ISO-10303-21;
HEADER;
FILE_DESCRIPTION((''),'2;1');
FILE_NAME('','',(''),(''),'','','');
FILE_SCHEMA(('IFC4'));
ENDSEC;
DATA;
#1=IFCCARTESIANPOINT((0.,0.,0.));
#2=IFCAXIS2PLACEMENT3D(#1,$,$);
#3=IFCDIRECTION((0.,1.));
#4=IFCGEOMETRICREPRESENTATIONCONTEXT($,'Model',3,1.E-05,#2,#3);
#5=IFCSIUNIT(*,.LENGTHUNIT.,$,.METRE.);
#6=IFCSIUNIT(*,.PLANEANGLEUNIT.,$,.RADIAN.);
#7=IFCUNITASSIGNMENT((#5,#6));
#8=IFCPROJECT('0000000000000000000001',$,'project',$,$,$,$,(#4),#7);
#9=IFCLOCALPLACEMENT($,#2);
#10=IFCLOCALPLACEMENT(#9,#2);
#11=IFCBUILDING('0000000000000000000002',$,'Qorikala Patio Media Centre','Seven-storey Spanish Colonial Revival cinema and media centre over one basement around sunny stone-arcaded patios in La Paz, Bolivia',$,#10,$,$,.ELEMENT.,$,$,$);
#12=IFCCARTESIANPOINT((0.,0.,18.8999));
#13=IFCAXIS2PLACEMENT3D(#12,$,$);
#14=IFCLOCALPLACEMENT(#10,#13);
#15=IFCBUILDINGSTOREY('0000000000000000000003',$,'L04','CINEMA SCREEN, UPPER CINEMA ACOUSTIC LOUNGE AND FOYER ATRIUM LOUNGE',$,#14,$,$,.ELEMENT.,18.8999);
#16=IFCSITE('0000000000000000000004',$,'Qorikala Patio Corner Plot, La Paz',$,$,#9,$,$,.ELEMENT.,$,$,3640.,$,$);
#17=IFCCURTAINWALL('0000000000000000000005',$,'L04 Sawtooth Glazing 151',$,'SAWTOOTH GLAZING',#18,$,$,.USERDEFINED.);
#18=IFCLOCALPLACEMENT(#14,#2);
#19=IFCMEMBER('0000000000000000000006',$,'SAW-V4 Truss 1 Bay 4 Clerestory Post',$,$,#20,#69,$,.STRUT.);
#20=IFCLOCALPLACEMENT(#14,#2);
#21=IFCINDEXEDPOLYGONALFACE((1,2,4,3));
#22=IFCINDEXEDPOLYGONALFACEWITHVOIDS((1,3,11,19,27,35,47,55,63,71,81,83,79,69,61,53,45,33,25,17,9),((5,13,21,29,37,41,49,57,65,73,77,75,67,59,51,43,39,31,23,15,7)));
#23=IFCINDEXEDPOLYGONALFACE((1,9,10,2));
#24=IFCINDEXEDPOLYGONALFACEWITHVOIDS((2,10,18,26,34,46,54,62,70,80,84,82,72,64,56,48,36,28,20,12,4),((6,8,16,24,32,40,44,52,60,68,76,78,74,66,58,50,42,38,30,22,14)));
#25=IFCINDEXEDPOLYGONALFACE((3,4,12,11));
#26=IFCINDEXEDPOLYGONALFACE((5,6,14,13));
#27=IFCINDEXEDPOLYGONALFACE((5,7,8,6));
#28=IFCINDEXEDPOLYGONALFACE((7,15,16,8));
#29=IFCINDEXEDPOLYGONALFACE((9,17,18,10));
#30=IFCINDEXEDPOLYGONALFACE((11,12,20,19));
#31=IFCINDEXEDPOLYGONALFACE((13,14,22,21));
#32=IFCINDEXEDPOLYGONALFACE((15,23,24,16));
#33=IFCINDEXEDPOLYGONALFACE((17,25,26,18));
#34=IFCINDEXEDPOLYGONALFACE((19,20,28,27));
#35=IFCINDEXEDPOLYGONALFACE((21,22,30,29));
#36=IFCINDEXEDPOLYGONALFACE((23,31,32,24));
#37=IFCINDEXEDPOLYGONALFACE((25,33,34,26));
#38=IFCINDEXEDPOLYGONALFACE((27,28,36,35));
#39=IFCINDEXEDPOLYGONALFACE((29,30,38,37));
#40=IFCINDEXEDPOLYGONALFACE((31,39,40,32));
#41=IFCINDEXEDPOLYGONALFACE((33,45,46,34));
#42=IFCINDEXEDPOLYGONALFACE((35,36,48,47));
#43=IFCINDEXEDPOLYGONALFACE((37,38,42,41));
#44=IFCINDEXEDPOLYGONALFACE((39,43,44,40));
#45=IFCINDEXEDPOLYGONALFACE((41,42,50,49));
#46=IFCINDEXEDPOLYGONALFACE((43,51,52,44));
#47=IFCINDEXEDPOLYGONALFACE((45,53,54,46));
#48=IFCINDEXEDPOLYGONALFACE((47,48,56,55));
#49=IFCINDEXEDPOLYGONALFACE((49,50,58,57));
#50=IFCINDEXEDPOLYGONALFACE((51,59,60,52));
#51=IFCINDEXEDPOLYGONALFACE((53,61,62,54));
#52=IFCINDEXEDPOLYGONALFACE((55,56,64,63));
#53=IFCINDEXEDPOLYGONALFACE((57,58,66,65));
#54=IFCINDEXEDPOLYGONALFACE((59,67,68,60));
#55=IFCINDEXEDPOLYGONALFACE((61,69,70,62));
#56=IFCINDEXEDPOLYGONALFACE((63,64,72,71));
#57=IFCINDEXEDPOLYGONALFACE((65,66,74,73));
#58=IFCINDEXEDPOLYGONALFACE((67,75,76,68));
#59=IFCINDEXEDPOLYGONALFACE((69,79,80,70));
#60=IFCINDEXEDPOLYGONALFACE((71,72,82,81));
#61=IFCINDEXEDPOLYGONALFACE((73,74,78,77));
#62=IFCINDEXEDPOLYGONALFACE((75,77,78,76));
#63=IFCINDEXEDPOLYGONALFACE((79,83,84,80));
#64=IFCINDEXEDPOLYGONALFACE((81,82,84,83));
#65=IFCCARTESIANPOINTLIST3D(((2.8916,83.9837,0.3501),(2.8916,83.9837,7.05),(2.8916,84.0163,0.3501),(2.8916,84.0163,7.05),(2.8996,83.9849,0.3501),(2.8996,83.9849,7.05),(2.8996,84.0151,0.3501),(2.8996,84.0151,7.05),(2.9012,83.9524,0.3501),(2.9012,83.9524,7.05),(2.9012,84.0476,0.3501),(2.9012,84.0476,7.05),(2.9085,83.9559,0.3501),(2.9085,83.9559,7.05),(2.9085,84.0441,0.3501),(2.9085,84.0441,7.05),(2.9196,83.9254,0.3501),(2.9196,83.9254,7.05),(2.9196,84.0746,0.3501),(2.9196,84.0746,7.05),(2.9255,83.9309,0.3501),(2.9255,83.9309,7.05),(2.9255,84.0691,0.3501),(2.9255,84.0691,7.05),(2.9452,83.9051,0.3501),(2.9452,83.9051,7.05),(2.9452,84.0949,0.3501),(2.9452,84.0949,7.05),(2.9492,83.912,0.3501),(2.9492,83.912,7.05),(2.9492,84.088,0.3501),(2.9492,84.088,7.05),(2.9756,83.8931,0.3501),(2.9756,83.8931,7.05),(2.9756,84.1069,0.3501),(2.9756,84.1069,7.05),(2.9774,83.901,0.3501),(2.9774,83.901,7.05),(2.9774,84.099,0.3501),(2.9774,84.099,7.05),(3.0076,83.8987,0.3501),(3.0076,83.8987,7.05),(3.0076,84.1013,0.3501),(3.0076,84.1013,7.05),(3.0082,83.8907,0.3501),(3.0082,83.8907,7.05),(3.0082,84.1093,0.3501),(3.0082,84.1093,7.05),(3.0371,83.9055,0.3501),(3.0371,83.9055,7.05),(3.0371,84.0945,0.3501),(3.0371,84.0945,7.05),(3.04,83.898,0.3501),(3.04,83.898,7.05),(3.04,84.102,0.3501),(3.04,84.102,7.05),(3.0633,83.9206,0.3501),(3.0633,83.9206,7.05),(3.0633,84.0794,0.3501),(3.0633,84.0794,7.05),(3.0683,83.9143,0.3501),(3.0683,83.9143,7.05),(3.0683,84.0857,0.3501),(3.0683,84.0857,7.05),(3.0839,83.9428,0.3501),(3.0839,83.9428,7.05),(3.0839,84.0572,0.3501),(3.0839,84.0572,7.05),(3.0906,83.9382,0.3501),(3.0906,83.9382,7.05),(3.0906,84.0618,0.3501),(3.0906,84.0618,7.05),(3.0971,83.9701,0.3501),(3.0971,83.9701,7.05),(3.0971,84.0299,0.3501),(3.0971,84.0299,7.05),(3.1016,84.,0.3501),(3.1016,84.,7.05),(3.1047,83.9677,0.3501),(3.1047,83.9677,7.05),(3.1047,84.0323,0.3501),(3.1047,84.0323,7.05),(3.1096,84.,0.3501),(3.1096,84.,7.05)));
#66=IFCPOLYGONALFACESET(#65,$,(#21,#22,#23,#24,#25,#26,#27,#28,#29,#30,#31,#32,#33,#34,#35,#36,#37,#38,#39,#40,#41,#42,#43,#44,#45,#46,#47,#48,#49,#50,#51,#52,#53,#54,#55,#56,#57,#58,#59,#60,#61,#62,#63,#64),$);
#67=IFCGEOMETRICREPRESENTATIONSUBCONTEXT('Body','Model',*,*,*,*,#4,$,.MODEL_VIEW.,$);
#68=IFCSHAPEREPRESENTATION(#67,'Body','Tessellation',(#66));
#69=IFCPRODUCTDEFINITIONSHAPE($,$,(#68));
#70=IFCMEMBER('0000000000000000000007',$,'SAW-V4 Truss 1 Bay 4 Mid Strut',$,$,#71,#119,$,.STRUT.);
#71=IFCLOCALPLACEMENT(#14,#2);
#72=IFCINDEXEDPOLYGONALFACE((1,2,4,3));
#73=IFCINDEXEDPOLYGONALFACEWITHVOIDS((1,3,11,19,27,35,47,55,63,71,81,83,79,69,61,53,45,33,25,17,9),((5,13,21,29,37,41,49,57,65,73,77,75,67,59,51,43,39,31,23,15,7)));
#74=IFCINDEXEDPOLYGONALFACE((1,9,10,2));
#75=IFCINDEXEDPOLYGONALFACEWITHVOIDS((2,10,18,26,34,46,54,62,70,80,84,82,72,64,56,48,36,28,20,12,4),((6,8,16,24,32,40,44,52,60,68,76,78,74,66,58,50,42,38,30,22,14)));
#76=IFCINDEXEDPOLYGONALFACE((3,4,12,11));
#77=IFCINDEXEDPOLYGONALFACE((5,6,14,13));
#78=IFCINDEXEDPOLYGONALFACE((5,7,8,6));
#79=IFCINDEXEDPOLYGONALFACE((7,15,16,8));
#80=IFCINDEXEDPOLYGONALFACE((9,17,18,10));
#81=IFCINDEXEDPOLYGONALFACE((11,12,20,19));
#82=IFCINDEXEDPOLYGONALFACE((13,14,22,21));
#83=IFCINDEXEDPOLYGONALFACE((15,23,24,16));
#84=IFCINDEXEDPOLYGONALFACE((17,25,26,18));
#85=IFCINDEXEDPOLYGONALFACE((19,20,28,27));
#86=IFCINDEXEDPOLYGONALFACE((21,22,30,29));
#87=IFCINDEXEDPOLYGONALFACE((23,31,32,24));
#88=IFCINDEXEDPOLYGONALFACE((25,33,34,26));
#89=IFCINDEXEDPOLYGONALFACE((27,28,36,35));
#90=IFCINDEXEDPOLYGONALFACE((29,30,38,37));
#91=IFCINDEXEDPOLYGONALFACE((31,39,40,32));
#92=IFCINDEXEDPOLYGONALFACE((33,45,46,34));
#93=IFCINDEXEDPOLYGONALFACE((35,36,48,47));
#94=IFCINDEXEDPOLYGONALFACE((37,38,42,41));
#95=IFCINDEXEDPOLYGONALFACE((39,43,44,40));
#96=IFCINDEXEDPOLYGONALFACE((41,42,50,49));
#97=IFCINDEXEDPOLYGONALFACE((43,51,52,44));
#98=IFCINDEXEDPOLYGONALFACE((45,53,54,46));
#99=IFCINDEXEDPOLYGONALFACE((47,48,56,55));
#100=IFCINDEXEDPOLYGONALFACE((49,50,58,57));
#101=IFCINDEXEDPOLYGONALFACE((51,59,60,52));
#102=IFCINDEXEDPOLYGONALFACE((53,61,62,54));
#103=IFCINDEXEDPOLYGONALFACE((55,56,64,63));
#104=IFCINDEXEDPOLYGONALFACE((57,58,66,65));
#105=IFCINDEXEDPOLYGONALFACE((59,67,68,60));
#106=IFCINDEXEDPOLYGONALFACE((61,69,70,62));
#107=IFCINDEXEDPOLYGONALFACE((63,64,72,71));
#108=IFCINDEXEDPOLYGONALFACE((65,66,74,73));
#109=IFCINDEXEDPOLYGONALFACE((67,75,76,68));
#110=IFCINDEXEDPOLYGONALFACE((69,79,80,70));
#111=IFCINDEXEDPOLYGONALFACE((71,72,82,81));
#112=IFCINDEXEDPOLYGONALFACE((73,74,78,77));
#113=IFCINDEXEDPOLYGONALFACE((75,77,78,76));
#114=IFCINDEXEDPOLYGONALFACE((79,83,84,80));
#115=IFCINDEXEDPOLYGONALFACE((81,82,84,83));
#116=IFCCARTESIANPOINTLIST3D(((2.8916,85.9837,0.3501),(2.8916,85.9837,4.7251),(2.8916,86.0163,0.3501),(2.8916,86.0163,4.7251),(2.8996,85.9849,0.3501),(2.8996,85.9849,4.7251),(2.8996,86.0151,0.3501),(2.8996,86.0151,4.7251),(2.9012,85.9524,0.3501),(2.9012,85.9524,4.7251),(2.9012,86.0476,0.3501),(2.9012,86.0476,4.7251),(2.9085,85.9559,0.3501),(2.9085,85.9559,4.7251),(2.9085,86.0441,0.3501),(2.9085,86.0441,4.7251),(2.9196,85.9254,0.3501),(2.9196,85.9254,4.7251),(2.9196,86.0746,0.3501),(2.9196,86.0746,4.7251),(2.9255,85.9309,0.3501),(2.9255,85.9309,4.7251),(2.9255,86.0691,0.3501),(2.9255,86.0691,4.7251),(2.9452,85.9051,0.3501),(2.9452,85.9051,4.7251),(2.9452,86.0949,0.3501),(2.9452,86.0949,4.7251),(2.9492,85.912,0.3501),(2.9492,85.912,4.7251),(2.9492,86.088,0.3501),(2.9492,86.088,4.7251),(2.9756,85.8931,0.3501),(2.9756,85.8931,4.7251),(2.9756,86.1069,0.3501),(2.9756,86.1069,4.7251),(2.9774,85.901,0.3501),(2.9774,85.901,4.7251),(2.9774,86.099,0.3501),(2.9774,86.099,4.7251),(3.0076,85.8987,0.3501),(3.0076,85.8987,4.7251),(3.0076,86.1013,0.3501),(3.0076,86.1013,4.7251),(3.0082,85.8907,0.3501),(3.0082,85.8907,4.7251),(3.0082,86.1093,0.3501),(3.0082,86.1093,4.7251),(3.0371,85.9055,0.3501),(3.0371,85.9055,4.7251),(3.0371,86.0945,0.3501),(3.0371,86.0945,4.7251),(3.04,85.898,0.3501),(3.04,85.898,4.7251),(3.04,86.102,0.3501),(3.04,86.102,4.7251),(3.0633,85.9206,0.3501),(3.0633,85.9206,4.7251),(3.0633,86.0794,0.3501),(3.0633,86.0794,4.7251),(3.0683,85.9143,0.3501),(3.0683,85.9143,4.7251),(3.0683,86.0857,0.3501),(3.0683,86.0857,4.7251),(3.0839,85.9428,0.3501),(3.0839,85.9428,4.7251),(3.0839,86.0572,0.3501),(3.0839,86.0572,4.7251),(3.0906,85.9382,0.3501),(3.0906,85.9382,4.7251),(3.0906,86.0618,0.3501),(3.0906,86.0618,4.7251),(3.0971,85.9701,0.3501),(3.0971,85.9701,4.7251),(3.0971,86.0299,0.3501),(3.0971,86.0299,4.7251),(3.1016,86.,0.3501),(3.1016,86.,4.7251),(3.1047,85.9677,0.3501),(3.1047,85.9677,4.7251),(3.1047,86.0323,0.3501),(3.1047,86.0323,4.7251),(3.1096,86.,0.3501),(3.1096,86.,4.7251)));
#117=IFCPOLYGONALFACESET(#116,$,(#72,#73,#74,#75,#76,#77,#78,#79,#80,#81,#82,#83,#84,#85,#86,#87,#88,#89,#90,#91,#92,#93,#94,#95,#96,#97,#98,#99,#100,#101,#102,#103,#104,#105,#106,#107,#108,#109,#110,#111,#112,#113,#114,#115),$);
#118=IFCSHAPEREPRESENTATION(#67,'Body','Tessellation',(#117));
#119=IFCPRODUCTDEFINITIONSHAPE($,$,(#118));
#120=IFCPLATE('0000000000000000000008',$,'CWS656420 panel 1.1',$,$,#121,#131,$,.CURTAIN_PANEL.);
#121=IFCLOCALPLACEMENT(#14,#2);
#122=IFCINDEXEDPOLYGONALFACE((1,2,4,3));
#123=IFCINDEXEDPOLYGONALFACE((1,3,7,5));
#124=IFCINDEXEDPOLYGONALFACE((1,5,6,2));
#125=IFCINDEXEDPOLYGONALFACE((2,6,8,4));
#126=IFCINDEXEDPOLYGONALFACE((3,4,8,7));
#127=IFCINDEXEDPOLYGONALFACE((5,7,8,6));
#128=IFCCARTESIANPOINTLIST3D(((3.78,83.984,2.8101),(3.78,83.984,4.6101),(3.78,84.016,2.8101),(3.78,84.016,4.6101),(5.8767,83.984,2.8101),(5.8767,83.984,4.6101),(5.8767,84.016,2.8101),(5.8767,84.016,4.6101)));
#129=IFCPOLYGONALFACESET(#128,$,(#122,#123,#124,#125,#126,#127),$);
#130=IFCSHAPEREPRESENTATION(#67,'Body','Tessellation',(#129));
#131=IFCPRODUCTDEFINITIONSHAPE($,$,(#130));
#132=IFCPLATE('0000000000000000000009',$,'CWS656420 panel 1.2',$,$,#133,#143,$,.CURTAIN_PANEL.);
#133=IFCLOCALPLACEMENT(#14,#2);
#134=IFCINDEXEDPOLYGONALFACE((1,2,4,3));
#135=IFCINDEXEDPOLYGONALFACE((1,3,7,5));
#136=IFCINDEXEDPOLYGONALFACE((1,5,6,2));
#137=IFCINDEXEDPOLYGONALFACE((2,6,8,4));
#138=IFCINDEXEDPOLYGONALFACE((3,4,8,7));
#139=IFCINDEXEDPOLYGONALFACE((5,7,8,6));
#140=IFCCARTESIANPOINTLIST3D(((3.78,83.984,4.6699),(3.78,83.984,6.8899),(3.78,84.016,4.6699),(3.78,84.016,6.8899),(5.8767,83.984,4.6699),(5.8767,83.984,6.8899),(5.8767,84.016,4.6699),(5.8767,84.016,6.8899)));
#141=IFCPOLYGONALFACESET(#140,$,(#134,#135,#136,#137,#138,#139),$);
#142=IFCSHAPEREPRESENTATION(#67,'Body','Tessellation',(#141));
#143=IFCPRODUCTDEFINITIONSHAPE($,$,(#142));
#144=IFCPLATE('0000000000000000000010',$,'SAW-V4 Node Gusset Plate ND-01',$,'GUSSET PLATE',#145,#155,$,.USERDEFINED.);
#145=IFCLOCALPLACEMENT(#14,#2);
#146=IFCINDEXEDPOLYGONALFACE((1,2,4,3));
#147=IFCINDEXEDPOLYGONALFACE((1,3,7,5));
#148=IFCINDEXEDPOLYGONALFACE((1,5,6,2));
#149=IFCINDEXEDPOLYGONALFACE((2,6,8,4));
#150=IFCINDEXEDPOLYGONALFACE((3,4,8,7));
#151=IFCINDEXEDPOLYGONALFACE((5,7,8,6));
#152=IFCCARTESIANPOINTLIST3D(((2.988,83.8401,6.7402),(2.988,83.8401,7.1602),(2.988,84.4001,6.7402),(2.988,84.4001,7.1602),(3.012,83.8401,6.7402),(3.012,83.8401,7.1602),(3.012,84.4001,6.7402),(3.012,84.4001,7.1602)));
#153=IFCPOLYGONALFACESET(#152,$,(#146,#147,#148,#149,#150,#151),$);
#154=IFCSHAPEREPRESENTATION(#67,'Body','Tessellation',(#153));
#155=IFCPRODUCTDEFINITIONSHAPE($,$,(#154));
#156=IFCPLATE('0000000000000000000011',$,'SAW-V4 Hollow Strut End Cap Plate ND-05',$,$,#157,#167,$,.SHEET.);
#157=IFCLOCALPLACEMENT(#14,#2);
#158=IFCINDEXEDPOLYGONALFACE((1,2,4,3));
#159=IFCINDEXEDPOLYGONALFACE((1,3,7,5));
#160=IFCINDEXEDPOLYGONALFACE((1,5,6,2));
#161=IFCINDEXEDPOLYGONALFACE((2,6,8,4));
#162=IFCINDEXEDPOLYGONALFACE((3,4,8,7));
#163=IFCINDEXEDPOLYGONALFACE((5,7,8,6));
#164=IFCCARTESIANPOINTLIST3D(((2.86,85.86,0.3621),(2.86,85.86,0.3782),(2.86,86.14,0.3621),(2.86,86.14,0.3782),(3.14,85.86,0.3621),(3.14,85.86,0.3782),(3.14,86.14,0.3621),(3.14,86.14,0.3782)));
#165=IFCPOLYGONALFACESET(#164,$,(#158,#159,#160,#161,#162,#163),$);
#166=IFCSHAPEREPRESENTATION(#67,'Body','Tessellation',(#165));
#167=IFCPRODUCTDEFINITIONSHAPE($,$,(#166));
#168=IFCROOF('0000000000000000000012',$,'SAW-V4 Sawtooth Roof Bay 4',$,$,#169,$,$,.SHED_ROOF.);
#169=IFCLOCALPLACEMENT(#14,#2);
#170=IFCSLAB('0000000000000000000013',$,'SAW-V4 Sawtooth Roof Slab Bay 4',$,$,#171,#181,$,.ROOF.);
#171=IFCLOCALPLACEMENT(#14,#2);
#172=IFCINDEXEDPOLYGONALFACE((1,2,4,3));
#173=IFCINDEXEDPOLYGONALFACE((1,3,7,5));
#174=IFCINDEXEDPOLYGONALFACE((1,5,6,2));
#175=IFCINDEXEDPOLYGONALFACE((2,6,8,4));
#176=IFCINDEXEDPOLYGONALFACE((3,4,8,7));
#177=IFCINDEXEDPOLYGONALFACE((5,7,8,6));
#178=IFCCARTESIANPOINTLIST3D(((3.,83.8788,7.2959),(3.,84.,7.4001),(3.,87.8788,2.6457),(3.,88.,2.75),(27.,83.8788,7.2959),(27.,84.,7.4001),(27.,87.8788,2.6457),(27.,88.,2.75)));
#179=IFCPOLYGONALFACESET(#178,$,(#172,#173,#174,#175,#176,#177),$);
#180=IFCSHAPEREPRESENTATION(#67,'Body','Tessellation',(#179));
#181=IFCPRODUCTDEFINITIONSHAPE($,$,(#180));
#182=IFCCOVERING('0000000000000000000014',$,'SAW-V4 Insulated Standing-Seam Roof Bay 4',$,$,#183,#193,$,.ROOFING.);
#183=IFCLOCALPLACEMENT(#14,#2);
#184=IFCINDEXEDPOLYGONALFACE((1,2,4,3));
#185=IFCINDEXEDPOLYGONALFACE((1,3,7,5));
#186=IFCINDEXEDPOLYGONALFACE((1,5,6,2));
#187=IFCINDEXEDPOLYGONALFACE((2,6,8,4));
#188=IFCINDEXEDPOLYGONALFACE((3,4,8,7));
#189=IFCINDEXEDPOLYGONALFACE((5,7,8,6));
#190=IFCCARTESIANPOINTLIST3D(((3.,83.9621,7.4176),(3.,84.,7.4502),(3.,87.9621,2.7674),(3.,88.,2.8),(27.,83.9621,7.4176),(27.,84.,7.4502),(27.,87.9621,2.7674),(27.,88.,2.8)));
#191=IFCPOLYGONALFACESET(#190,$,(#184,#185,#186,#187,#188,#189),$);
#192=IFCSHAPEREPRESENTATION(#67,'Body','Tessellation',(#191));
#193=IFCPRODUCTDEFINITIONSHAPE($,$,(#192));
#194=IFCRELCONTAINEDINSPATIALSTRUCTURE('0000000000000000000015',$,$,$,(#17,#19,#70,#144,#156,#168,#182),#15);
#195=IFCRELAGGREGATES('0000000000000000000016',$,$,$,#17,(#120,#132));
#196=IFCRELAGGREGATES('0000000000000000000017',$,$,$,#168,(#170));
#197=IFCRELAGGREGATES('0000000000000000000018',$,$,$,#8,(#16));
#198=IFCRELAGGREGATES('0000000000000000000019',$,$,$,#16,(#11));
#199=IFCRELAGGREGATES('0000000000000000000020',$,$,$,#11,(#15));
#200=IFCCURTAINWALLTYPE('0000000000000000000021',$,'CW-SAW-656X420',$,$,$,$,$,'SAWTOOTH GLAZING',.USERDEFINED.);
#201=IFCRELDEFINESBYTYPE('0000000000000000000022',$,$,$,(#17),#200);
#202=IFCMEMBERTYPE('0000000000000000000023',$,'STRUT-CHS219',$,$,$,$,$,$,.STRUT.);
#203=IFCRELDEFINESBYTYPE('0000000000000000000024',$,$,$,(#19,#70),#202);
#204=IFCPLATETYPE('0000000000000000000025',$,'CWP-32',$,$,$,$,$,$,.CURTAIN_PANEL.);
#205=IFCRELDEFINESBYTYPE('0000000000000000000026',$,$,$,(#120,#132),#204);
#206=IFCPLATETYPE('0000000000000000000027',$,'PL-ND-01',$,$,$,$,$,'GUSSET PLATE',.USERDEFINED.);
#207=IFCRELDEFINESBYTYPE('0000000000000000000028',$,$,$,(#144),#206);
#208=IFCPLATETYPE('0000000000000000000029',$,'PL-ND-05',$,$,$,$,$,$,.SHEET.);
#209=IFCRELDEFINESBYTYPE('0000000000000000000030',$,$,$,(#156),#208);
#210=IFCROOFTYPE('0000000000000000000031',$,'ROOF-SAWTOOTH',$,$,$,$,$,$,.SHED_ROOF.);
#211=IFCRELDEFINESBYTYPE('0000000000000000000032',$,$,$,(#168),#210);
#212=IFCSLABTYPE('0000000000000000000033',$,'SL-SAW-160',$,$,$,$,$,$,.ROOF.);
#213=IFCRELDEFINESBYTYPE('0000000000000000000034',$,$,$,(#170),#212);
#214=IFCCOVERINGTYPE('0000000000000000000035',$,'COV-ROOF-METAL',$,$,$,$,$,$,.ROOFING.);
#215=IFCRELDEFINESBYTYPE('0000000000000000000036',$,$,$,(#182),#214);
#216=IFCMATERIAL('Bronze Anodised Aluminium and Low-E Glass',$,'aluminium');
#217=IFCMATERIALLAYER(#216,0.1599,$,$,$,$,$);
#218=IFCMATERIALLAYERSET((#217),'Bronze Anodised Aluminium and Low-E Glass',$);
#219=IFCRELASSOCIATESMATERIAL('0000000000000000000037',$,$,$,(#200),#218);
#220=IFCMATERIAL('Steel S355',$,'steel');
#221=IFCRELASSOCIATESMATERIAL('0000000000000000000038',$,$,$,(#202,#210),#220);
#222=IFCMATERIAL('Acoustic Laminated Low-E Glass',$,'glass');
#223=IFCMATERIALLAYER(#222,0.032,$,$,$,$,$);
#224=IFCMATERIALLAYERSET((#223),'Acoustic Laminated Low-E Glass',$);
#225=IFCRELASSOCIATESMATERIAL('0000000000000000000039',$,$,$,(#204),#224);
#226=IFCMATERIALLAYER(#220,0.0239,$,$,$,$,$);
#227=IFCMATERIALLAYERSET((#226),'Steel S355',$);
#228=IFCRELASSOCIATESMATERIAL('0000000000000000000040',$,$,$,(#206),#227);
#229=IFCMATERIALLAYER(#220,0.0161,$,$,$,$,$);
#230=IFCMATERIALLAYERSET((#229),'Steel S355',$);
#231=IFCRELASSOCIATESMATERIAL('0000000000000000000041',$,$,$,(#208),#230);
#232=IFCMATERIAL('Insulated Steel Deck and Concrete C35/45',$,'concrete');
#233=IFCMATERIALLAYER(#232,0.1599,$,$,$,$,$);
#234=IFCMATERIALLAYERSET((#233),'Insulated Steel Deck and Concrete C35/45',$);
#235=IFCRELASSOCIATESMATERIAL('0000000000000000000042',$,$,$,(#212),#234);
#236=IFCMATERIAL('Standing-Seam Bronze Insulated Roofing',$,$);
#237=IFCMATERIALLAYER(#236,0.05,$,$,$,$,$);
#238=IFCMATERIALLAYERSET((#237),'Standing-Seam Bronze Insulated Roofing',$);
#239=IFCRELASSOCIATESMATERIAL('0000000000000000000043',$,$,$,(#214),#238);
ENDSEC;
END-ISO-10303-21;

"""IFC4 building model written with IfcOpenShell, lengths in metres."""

from ifc_helpers import new_model, si_unit, direction, frame, origin, origin_2d, place, context, subcontext, project, spatial, polyline, rectangle, hollow_circle, outline, extrude, material, layer, layer_set, material_profile, profile_set, type_object, element, aggregate, save


model = new_model("IFC4")

# Units and contexts
model_context = context("Model", 3, precision=1e-05, world=origin(), true_north=direction((0.0, 1.0)))
body_context = subcontext(model_context, "Body", "Model", "MODEL_VIEW")
ifc_project = project(units=[si_unit("LENGTHUNIT", "METRE"), si_unit("PLANEANGLEUNIT", "RADIAN")], contexts=[model_context])

# Site, building, storey
site_placement = place(None, origin())
site = spatial("IfcSite", under=ifc_project, at=site_placement, Name="Qorikala Patio Corner Plot, La Paz", CompositionType="ELEMENT", RefElevation=3640.0)
building_placement = place(site_placement, origin())
building = spatial("IfcBuilding", under=site, at=building_placement, Name="Qorikala Patio Media Centre", Description="Seven-storey Spanish Colonial Revival cinema and media centre over one basement around sunny stone-arcaded patios in La Paz, Bolivia", CompositionType="ELEMENT")
storey_placement = place(building_placement, frame((0.0, 0.0, 18.8999)))
storey = spatial("IfcBuildingStorey", under=building, at=storey_placement, Name="L04", Description="CINEMA SCREEN, UPPER CINEMA ACOUSTIC LOUNGE AND FOYER ATRIUM LOUNGE", CompositionType="ELEMENT", Elevation=18.8999)

# Shared definitions
ifc_material_1 = material(Name="Steel S355", Category="steel")

# Curtain wall
ifc_material_2 = material(Name="Bronze Anodised Aluminium and Low-E Glass", Category="aluminium")
ifc_layer_1 = layer(ifc_material_2, 0.1599)
ifc_layer_set_1 = layer_set([ifc_layer_1], Name="Bronze Anodised Aluminium and Low-E Glass")
curtain_wall_type = type_object("IfcCurtainWallType", Name="CW-SAW-656X420", ElementType="SAWTOOTH GLAZING", PredefinedType="USERDEFINED", material=ifc_layer_set_1)
curtain_wall_placement = place(storey_placement, origin())
curtain_wall = element("IfcCurtainWall", 1, at=curtain_wall_placement, inside=storey, type_object=curtain_wall_type, Name="L04 Sawtooth Glazing 151", ObjectType="SAWTOOTH GLAZING", PredefinedType="USERDEFINED")

# Members
ifc_material_profile_1 = material_profile(ifc_material_1, hollow_circle(Radius=0.1096, WallThickness=0.0081, at=origin_2d()), Name="CHS219X8")
ifc_profile_set_1 = profile_set([ifc_material_profile_1], Name="Steel S355")
member_type_1 = type_object("IfcMemberType", Name="STRUT-CHS219", PredefinedType="STRUT", material=ifc_profile_set_1)
member_1_placement = place(storey_placement, frame((3.0, 84.0, 0.3501), z_axis=(0.0, 0.0, 1.0), x_axis=(1.0, 0.0, 0.0)))
element("IfcMember", 2, at=member_1_placement, inside=storey, type_object=member_type_1, Name="SAW-V4 Truss 1 Bay 4 Clerestory Post", PredefinedType="STRUT", context=body_context, shape_type="SweptSolid", body=[
    extrude(hollow_circle(Radius=0.1096, WallThickness=0.0081, at=origin_2d()), origin(), (0.0, 0.0, 1.0), 6.7),
])
member_2_placement = place(storey_placement, frame((3.0, 86.0, 0.3501), z_axis=(0.0, 0.0, 1.0), x_axis=(1.0, 0.0, 0.0)))
element("IfcMember", 3, at=member_2_placement, inside=storey, type_object=member_type_1, Name="SAW-V4 Truss 1 Bay 4 Mid Strut", PredefinedType="STRUT", context=body_context, shape_type="SweptSolid", body=[
    extrude(hollow_circle(Radius=0.1096, WallThickness=0.0081, at=origin_2d()), origin(), (0.0, 0.0, 1.0), 4.375),
])

# Plates
ifc_material_3 = material(Name="Acoustic Laminated Low-E Glass", Category="glass")
ifc_layer_2 = layer(ifc_material_3, 0.032)
ifc_layer_set_2 = layer_set([ifc_layer_2], Name="Acoustic Laminated Low-E Glass")
plate_type_1 = type_object("IfcPlateType", Name="CWP-32", PredefinedType="CURTAIN_PANEL", material=ifc_layer_set_2)
plate_1_placement = place(storey_placement, frame((4.8284, 84.0, 2.8101), z_axis=(0.0, 0.0, 1.0), x_axis=(1.0, 0.0, 0.0)))
plate_1 = element("IfcPlate", 4, at=plate_1_placement, type_object=plate_type_1, Name="CWS656420 panel 1.1", PredefinedType="CURTAIN_PANEL", context=body_context, shape_type="SweptSolid", body=[
    extrude(rectangle(XDim=2.0967, YDim=0.032, at=origin_2d()), origin(), (0.0, 0.0, 1.0), 1.8),
])
plate_2_placement = place(storey_placement, frame((4.8284, 84.0, 4.6699), z_axis=(0.0, 0.0, 1.0), x_axis=(1.0, 0.0, 0.0)))
plate_2 = element("IfcPlate", 5, at=plate_2_placement, type_object=plate_type_1, Name="CWS656420 panel 1.2", PredefinedType="CURTAIN_PANEL", context=body_context, shape_type="SweptSolid", body=[
    extrude(rectangle(XDim=2.0967, YDim=0.032, at=origin_2d()), origin(), (0.0, 0.0, 1.0), 2.22),
])
aggregate(curtain_wall, [plate_1, plate_2])

# Plates
ifc_layer_3 = layer(ifc_material_1, 0.0239)
ifc_layer_set_3 = layer_set([ifc_layer_3], Name="Steel S355")
plate_type_2 = type_object("IfcPlateType", Name="PL-ND-01", ElementType="GUSSET PLATE", PredefinedType="USERDEFINED", material=ifc_layer_set_3)
plate_3_placement = place(storey_placement, frame((3.0, 84.1201, 6.7402), z_axis=(0.0, 0.0, 1.0), x_axis=(1.0, 0.0, 0.0)))
element("IfcPlate", 6, at=plate_3_placement, inside=storey, type_object=plate_type_2, Name="SAW-V4 Node Gusset Plate ND-01", ObjectType="GUSSET PLATE", PredefinedType="USERDEFINED", context=body_context, shape_type="SweptSolid", body=[
    extrude(rectangle(XDim=0.0239, YDim=0.5601, at=origin_2d()), origin(), (0.0, 0.0, 1.0), 0.4199),
])
ifc_layer_4 = layer(ifc_material_1, 0.0161)
ifc_layer_set_4 = layer_set([ifc_layer_4], Name="Steel S355")
plate_type_3 = type_object("IfcPlateType", Name="PL-ND-05", PredefinedType="SHEET", material=ifc_layer_set_4)
plate_4_placement = place(storey_placement, frame((3.0, 86.0, 0.3621), z_axis=(0.0, 0.0, 1.0), x_axis=(1.0, 0.0, 0.0)))
element("IfcPlate", 7, at=plate_4_placement, inside=storey, type_object=plate_type_3, Name="SAW-V4 Hollow Strut End Cap Plate ND-05", PredefinedType="SHEET", context=body_context, shape_type="SweptSolid", body=[
    extrude(rectangle(XDim=0.28, YDim=0.28, at=origin_2d()), origin(), (0.0, 0.0, 1.0), 0.0161),
])

# Roof, slab
roof_type = type_object("IfcRoofType", Name="ROOF-SAWTOOTH", PredefinedType="SHED_ROOF", material=ifc_material_1)
roof_placement = place(storey_placement, origin())
roof = element("IfcRoof", 8, at=roof_placement, inside=storey, type_object=roof_type, Name="SAW-V4 Sawtooth Roof Bay 4", PredefinedType="SHED_ROOF")
ifc_material_4 = material(Name="Insulated Steel Deck and Concrete C35/45", Category="concrete")
ifc_layer_5 = layer(ifc_material_4, 0.1599)
ifc_layer_set_5 = layer_set([ifc_layer_5], Name="Insulated Steel Deck and Concrete C35/45")
slab_type = type_object("IfcSlabType", Name="SL-SAW-160", PredefinedType="ROOF", material=ifc_layer_set_5)
slab_placement = place(storey_placement, frame((3.0, 84.0, 7.4001), z_axis=(0.0, 0.758115, 0.652121), x_axis=(1.0, 0.0, 0.0)))
slab = element("IfcSlab", 9, at=slab_placement, type_object=slab_type, Name="SAW-V4 Sawtooth Roof Slab Bay 4", PredefinedType="ROOF", context=body_context, shape_type="SweptSolid", body=[
    extrude(outline(polyline([(0.0, 0.0), (24.0, 0.0), (24.0, 6.1338), (0.0, 6.1338), (0.0, 0.0)])), origin(), (0.0, 0.0, -1.0), 0.1599),
])
aggregate(roof, [slab])

# Covering
ifc_material_5 = material(Name="Standing-Seam Bronze Insulated Roofing")
ifc_layer_6 = layer(ifc_material_5, 0.05)
ifc_layer_set_6 = layer_set([ifc_layer_6], Name="Standing-Seam Bronze Insulated Roofing")
covering_type = type_object("IfcCoveringType", Name="COV-ROOF-METAL", PredefinedType="ROOFING", material=ifc_layer_set_6)
covering_placement = place(storey_placement, frame((3.0, 84.0, 7.4502), z_axis=(0.0, 0.758115, 0.652121), x_axis=(1.0, 0.0, 0.0)))
element("IfcCovering", 10, at=covering_placement, inside=storey, type_object=covering_type, Name="SAW-V4 Insulated Standing-Seam Roof Bay 4", PredefinedType="ROOFING", context=body_context, shape_type="SweptSolid", body=[
    extrude(outline(polyline([(0.0, 0.0), (24.0, 0.0), (24.0, 6.1338), (0.0, 6.1338), (0.0, 0.0)])), origin(), (0.0, 0.0, -1.0), 0.05),
])

save(model, "model.ifc")
